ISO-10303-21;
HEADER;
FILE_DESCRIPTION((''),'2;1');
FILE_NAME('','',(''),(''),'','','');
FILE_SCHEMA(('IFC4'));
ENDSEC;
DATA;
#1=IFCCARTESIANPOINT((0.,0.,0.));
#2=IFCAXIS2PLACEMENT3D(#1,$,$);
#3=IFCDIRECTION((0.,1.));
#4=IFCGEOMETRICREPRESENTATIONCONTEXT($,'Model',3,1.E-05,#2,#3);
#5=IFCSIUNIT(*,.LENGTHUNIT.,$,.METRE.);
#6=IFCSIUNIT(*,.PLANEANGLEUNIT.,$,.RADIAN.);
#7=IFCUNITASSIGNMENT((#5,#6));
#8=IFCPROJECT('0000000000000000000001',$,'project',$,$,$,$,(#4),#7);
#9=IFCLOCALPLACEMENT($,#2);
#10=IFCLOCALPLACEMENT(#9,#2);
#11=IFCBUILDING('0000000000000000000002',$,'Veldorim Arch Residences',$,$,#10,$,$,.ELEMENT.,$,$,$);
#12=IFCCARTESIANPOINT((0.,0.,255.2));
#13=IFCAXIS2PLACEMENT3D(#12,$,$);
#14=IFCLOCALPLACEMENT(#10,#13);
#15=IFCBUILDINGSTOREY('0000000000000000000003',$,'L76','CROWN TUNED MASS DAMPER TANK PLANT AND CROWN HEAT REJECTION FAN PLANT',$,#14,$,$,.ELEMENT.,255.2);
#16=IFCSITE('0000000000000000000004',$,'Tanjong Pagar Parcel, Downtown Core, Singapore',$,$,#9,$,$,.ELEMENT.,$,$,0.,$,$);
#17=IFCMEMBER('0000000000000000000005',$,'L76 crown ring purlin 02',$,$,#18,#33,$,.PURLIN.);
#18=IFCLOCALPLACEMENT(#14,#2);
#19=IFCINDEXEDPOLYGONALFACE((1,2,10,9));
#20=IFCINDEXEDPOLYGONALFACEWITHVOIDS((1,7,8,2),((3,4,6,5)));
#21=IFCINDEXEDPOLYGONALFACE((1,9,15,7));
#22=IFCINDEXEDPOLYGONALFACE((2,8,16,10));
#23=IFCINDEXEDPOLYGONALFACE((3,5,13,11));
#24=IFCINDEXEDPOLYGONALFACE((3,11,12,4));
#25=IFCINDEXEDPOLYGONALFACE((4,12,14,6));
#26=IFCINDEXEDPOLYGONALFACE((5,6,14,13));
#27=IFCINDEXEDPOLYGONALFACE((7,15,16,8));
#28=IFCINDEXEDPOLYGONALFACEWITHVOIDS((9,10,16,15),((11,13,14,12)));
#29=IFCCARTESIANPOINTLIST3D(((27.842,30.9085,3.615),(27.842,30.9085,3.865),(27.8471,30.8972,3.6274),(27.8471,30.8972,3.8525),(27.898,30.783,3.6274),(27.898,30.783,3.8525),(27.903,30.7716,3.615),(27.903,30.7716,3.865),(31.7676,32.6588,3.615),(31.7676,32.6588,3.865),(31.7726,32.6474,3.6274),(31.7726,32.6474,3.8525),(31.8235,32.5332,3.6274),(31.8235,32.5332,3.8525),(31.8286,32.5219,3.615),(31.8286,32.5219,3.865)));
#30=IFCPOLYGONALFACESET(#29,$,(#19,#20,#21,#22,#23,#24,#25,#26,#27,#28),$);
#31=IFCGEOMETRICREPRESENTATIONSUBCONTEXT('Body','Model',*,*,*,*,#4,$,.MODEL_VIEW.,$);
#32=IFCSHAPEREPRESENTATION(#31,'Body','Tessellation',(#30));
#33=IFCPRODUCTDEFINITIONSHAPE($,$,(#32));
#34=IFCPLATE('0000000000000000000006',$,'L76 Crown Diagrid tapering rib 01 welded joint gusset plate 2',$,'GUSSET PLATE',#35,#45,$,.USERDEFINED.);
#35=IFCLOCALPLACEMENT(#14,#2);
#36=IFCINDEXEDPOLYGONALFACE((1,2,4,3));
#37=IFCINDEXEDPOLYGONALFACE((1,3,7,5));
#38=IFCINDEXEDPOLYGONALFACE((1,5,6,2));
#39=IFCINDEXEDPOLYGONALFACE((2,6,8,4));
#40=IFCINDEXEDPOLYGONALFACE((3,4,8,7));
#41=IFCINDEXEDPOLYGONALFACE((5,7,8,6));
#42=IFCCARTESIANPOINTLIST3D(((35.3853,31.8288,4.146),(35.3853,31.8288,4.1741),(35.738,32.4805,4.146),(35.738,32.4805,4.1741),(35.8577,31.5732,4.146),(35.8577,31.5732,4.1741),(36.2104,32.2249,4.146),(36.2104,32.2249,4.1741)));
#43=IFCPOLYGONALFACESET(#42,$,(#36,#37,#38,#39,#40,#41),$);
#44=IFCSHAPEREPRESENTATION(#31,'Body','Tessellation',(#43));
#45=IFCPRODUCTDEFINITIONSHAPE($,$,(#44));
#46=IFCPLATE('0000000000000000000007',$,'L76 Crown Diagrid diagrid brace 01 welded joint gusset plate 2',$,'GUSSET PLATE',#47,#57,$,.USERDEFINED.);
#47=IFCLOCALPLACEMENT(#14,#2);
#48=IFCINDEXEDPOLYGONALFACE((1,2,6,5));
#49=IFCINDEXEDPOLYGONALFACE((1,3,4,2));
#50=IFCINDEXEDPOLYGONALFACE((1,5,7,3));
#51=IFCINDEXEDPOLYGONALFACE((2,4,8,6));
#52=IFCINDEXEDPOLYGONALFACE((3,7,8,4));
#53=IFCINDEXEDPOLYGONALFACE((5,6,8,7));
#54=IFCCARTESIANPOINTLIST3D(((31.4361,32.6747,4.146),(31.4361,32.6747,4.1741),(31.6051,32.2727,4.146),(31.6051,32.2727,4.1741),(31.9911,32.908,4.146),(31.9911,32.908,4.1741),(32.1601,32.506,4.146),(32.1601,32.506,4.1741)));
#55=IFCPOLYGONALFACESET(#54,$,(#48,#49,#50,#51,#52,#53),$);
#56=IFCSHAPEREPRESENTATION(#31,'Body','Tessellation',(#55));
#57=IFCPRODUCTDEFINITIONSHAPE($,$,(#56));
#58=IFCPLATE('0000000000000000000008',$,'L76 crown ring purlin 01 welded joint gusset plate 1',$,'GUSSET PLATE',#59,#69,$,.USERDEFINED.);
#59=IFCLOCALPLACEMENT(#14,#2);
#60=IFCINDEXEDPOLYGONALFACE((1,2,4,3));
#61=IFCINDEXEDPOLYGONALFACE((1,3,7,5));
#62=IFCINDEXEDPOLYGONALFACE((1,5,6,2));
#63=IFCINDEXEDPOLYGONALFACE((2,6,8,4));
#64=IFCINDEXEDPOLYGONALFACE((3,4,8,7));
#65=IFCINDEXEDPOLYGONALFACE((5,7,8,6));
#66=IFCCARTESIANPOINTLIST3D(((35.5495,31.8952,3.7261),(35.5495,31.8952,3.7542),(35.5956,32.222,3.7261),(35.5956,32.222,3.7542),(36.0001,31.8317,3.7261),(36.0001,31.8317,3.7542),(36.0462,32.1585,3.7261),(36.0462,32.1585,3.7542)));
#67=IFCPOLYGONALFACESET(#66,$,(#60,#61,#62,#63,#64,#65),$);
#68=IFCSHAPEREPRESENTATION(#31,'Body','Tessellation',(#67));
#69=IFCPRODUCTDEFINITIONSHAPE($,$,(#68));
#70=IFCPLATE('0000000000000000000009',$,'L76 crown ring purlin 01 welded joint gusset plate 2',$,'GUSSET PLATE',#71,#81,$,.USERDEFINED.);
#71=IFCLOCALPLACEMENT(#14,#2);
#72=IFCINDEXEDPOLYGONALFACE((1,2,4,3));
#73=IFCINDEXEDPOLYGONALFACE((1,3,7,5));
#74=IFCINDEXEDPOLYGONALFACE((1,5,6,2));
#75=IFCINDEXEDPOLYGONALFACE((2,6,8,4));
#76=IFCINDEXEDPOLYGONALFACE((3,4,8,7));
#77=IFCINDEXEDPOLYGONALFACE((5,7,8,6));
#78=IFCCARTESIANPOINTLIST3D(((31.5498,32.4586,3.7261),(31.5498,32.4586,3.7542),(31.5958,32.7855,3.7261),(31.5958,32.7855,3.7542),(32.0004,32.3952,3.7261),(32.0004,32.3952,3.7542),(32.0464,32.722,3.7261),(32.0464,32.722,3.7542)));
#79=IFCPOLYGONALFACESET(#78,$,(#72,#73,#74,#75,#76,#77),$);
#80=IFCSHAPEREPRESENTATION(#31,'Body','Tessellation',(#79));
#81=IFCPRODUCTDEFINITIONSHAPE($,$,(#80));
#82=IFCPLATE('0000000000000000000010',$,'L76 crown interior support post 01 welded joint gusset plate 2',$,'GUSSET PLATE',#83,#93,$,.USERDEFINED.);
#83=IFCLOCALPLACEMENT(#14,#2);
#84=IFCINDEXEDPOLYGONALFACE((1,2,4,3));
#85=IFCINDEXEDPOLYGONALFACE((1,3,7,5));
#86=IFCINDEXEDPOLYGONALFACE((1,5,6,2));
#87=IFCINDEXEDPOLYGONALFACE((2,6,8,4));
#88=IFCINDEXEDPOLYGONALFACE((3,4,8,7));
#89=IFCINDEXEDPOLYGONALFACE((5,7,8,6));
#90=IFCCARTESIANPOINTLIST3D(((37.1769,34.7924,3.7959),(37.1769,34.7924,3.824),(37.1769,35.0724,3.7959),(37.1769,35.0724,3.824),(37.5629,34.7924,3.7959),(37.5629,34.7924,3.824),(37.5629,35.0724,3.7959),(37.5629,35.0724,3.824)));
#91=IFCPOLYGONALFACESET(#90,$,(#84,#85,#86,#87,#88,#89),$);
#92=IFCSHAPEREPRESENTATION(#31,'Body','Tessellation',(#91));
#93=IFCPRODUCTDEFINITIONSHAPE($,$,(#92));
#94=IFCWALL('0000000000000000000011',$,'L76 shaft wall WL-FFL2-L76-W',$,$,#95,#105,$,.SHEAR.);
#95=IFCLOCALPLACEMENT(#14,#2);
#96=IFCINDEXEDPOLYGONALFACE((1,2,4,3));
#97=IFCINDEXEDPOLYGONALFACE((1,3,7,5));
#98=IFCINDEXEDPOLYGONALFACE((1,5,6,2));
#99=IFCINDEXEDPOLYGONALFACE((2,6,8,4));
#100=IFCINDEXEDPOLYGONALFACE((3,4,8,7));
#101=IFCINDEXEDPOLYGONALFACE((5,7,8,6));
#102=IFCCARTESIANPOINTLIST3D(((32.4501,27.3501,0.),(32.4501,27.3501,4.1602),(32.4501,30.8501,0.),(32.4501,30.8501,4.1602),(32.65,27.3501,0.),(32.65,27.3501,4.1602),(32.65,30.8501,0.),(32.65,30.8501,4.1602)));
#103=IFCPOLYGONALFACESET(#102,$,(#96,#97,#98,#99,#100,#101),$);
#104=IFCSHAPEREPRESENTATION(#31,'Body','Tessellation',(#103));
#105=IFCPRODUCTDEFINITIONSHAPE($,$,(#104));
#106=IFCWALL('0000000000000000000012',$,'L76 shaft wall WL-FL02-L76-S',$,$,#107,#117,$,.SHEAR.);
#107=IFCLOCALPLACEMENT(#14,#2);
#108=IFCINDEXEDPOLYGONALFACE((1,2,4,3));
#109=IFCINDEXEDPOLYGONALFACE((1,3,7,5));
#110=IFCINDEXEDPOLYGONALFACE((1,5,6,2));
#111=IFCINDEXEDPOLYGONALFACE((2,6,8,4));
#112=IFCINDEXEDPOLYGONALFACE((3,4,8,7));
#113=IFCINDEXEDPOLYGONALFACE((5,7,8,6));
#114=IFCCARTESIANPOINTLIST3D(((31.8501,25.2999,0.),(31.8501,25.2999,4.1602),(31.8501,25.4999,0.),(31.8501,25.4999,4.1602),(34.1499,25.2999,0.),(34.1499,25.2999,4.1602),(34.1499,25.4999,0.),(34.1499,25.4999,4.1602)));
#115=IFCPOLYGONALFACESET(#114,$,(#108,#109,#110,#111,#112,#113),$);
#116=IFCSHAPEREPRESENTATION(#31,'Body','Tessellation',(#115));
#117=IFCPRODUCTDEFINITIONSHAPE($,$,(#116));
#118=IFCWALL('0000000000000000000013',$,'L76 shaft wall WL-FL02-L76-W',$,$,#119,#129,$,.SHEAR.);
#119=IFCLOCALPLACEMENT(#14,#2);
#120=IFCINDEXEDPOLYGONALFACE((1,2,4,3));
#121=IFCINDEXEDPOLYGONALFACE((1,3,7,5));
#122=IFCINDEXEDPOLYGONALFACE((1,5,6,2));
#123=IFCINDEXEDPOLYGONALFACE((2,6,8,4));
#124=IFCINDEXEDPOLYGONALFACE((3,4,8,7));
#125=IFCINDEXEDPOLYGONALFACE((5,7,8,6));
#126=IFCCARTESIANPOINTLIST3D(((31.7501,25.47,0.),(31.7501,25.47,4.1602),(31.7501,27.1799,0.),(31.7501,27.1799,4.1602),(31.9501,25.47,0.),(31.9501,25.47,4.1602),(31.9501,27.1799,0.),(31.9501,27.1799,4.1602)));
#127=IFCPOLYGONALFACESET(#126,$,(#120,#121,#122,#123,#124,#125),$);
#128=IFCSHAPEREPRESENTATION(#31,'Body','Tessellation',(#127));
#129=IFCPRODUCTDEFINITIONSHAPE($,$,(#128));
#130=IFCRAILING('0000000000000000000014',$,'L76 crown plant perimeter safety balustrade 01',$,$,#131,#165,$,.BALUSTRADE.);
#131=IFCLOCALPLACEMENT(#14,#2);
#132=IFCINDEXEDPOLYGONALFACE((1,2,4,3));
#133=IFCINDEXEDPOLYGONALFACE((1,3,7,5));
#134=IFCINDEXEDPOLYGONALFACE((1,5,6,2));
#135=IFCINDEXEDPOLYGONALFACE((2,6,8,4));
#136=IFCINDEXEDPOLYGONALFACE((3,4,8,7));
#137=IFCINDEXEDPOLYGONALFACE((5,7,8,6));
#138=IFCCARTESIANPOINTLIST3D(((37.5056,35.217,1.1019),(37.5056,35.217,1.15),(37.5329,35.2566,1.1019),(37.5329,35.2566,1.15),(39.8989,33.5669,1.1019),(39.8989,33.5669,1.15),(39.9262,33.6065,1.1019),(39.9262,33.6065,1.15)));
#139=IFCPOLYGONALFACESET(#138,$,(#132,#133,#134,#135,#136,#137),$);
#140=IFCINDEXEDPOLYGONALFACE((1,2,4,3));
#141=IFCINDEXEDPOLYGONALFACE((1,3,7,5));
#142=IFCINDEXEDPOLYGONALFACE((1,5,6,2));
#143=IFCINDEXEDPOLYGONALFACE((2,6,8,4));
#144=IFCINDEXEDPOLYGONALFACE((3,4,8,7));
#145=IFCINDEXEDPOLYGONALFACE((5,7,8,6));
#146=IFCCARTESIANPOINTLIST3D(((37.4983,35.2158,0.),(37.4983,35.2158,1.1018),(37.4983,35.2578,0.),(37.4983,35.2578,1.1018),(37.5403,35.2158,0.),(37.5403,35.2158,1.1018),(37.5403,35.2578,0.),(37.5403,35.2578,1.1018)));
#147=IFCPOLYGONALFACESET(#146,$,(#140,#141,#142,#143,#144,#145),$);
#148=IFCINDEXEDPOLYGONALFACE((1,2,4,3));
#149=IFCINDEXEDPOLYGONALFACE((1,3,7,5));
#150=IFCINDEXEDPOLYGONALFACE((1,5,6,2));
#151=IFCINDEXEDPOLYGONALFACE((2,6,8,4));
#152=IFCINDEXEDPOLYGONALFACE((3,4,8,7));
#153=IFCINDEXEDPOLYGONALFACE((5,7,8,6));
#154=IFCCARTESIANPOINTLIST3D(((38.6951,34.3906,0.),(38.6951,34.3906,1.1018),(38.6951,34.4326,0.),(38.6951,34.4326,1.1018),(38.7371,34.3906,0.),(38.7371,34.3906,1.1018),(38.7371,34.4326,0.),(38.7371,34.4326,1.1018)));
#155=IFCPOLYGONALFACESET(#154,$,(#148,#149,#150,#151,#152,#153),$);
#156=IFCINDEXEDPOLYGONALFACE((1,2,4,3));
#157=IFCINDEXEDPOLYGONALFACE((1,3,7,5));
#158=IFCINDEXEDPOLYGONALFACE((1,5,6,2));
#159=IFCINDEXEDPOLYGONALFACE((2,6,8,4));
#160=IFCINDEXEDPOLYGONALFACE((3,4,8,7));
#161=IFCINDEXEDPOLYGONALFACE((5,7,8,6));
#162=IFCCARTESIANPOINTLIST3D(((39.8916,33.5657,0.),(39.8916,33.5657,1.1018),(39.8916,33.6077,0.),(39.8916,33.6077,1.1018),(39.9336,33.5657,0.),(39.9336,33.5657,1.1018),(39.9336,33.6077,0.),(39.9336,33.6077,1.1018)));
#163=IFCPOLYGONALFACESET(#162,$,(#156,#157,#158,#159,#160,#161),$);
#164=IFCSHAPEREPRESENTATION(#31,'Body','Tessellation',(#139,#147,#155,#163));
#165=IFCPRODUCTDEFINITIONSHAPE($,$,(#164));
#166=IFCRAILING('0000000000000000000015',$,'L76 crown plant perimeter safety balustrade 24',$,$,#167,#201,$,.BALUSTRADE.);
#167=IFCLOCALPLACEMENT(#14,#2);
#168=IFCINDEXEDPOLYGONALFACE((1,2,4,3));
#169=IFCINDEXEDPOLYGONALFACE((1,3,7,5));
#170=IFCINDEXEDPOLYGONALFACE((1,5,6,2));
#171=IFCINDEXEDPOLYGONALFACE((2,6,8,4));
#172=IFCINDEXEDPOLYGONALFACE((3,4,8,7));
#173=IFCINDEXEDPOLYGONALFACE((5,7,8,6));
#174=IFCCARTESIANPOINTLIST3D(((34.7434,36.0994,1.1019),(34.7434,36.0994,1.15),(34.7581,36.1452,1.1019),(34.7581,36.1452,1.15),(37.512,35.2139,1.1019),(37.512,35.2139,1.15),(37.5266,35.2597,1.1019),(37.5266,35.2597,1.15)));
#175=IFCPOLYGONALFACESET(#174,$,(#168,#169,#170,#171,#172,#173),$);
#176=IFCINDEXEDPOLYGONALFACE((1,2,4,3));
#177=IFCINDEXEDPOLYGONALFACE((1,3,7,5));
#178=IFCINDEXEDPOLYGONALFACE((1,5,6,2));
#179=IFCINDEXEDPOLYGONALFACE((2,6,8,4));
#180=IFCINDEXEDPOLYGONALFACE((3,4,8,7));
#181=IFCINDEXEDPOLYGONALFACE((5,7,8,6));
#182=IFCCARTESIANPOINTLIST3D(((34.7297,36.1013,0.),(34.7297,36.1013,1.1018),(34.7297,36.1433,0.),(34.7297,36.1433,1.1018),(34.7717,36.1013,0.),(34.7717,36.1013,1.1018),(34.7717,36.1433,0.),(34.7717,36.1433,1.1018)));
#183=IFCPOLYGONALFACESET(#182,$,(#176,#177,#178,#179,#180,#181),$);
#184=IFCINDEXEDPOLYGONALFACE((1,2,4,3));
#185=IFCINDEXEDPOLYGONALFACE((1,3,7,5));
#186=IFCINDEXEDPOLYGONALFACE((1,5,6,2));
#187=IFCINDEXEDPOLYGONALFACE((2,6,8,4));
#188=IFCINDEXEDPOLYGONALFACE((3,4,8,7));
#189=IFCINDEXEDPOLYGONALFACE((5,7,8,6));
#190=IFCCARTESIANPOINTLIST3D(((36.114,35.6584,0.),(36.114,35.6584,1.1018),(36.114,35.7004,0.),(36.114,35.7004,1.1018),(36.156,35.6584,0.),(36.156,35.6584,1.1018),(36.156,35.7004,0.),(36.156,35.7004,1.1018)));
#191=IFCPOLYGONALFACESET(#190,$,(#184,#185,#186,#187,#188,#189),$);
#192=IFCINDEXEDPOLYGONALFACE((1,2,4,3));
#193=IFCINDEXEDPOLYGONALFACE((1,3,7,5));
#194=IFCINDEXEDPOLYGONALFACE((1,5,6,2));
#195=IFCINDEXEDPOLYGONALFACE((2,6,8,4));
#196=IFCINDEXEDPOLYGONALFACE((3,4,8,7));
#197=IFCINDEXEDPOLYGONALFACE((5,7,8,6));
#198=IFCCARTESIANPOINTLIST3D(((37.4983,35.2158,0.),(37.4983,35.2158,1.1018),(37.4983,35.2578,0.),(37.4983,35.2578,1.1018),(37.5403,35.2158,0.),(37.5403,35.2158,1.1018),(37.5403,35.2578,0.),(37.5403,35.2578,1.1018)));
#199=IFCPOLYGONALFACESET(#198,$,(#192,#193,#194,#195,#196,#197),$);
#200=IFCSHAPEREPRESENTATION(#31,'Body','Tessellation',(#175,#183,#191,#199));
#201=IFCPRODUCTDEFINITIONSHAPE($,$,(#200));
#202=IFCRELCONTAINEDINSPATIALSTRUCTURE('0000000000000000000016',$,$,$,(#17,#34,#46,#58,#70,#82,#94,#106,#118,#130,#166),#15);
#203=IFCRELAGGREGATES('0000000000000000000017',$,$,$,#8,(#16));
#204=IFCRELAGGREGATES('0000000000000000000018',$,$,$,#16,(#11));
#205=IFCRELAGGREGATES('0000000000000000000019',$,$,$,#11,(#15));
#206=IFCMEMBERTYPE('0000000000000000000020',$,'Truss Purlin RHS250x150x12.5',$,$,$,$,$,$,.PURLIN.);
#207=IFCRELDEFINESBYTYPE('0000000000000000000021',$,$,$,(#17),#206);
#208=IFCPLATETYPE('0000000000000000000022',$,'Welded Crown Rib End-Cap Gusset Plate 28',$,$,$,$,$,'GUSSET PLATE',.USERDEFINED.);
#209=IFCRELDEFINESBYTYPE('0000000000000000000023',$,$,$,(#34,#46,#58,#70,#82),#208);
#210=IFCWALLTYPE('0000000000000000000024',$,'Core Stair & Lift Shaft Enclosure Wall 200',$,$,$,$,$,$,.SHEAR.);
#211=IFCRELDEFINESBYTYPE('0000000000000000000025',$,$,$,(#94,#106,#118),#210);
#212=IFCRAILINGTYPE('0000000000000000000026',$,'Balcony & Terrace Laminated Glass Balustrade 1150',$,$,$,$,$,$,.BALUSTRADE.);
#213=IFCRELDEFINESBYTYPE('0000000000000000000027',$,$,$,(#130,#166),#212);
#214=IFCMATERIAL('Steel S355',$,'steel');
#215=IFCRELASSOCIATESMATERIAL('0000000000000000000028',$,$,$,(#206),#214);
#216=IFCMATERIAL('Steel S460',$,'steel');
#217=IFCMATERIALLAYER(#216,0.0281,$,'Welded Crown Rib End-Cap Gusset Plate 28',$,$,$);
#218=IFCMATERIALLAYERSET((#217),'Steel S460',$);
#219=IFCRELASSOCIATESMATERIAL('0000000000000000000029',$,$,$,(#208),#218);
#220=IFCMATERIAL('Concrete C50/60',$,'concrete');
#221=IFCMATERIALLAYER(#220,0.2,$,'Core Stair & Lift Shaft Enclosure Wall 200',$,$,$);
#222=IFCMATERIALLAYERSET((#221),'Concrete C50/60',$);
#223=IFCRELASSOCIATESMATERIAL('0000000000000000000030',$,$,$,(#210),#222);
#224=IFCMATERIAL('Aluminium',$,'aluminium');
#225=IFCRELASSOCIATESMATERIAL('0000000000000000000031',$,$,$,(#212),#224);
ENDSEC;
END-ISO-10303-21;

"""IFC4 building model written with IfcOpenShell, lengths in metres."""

from ifc_helpers import new_model, si_unit, direction, frame, frame_2d, origin, origin_2d, place, context, subcontext, project, spatial, rectangle, hollow_rectangle, extrude, material, layer, layer_set, material_profile, profile_set, type_object, element, save


model = new_model("IFC4")

# Units and contexts
model_context = context("Model", 3, precision=1e-05, world=origin(), true_north=direction((0.0, 1.0)))
body_context = subcontext(model_context, "Body", "Model", "MODEL_VIEW")
ifc_project = project(units=[si_unit("LENGTHUNIT", "METRE"), si_unit("PLANEANGLEUNIT", "RADIAN")], contexts=[model_context])

# Site, building, storey
site_placement = place(None, origin())
site = spatial("IfcSite", under=ifc_project, at=site_placement, Name="Tanjong Pagar Parcel, Downtown Core, Singapore", CompositionType="ELEMENT", RefElevation=0.0)
building_placement = place(site_placement, origin())
building = spatial("IfcBuilding", under=site, at=building_placement, Name="Veldorim Arch Residences", CompositionType="ELEMENT")
storey_placement = place(building_placement, frame((0.0, 0.0, 255.2)))
storey = spatial("IfcBuildingStorey", under=building, at=storey_placement, Name="L76", Description="CROWN TUNED MASS DAMPER TANK PLANT AND CROWN HEAT REJECTION FAN PLANT", CompositionType="ELEMENT", Elevation=255.2)

# Member
ifc_material_1 = material(Name="Steel S355", Category="steel")
ifc_material_profile_1 = material_profile(ifc_material_1, hollow_rectangle(XDim=0.1499, YDim=0.25, WallThickness=0.0125, at=origin_2d()), Name="RHS250x150x12.5")
ifc_profile_set_1 = profile_set([ifc_material_profile_1], Name="Steel S355")
member_type_1 = type_object("IfcMemberType", Name="Truss Purlin RHS250x150x12.5", PredefinedType="PURLIN", material=ifc_profile_set_1)
member_1_placement = place(storey_placement, frame((31.7981, 32.5903, 3.74), z_axis=(-0.913331, -0.407219, 0.0), x_axis=(0.407219, -0.913331, 0.0)))
element("IfcMember", 1, at=member_1_placement, inside=storey, type_object=member_type_1, Name="L76 crown ring purlin 02", PredefinedType="PURLIN", context=body_context, shape_type="SweptSolid", body=[
    extrude(hollow_rectangle(XDim=0.1499, YDim=0.25, WallThickness=0.0125, at=origin_2d()), origin(), (0.0, 0.0, 1.0), 4.2981),
])

# Plates
ifc_material_2 = material(Name="Steel S460", Category="steel")
ifc_layer_1 = layer(ifc_material_2, 0.0281, Name="Welded Crown Rib End-Cap Gusset Plate 28")
ifc_layer_set_1 = layer_set([ifc_layer_1], Name="Steel S460")
plate_type = type_object("IfcPlateType", Name="Welded Crown Rib End-Cap Gusset Plate 28", ElementType="GUSSET PLATE", PredefinedType="USERDEFINED", material=ifc_layer_set_1)
plate_1_placement = place(storey_placement, frame((35.7979, 32.0269, 4.146), z_axis=(0.0, 0.0, 1.0), x_axis=(-0.475901, -0.879499, 0.0)))
element("IfcPlate", 2, at=plate_1_placement, inside=storey, type_object=plate_type, Name="L76 Crown Diagrid tapering rib 01 welded joint gusset plate 2", ObjectType="GUSSET PLATE", PredefinedType="USERDEFINED", context=body_context, shape_type="SweptSolid", body=[
    extrude(rectangle(XDim=0.741, YDim=0.5371, at=origin_2d()), origin(), (0.0, 0.0, 1.0), 0.0281),
])
plate_2_placement = place(storey_placement, frame((31.7981, 32.5903, 4.146), z_axis=(0.0, 0.0, 1.0), x_axis=(-0.921883, -0.387467, 0.0)))
element("IfcPlate", 3, at=plate_2_placement, inside=storey, type_object=plate_type, Name="L76 Crown Diagrid diagrid brace 01 welded joint gusset plate 2", ObjectType="GUSSET PLATE", PredefinedType="USERDEFINED", context=body_context, shape_type="SweptSolid", body=[
    extrude(rectangle(XDim=0.6021, YDim=0.436, at=origin_2d()), origin(), (0.0, 0.0, 1.0), 0.0281),
])
for number, where, z_axis, x_axis, name in (
    (4, (35.7979, 32.0269, 3.7261), (0.0, 0.0, 1.0), (-0.990222, 0.139501, 0.0), "L76 crown ring purlin 01 welded joint gusset plate 1"),
    (5, (31.7981, 32.5903, 3.7261), (0.0, 0.0, 1.0), (-0.990222, 0.139501, 0.0), "L76 crown ring purlin 01 welded joint gusset plate 2"),
):
    element("IfcPlate", number, at=place(storey_placement, frame(where, z_axis=z_axis, x_axis=x_axis)), inside=storey, type_object=plate_type, Name=name, ObjectType="GUSSET PLATE", PredefinedType="USERDEFINED", context=body_context, shape_type="SweptSolid", body=[
        extrude(rectangle(XDim=0.4551, YDim=0.3301, at=origin_2d()), origin(), (0.0, 0.0, 1.0), 0.0281),
    ])
plate_3_placement = place(storey_placement, frame((37.3699, 34.9324, 3.7959), z_axis=(0.0, 0.0, 1.0), x_axis=(1.0, 0.0, 0.0)))
element("IfcPlate", 6, at=plate_3_placement, inside=storey, type_object=plate_type, Name="L76 crown interior support post 01 welded joint gusset plate 2", ObjectType="GUSSET PLATE", PredefinedType="USERDEFINED", context=body_context, shape_type="SweptSolid", body=[
    extrude(rectangle(XDim=0.386, YDim=0.28, at=origin_2d()), origin(), (0.0, 0.0, 1.0), 0.0281),
])

# Shared definitions
ifc_material_3 = material(Name="Concrete C50/60", Category="concrete")
ifc_layer_2 = layer(ifc_material_3, 0.2, Name="Core Stair & Lift Shaft Enclosure Wall 200")
ifc_layer_set_2 = layer_set([ifc_layer_2], Name="Concrete C50/60")
wall_type = type_object("IfcWallType", Name="Core Stair & Lift Shaft Enclosure Wall 200", PredefinedType="SHEAR", material=ifc_layer_set_2)

# Wall
wall_1_placement = place(storey_placement, frame((32.55, 27.3501, 0.0), z_axis=(0.0, 0.0, 1.0), x_axis=(0.0, 1.0, 0.0)))
element("IfcWall", 7, at=wall_1_placement, inside=storey, type_object=wall_type, Name="L76 shaft wall WL-FFL2-L76-W", PredefinedType="SHEAR", context=body_context, shape_type="SweptSolid", body=[
    extrude(rectangle(XDim=3.5, YDim=0.2, at=frame_2d((1.75, 0.0))), origin(), (0.0, 0.0, 1.0), 4.1602),
])

# Walls
wall_2_placement = place(storey_placement, frame((31.8501, 25.3999, 0.0), z_axis=(0.0, 0.0, 1.0), x_axis=(1.0, 0.0, 0.0)))
element("IfcWall", 8, at=wall_2_placement, inside=storey, type_object=wall_type, Name="L76 shaft wall WL-FL02-L76-S", PredefinedType="SHEAR", context=body_context, shape_type="SweptSolid", body=[
    extrude(rectangle(XDim=2.2998, YDim=0.2, at=frame_2d((1.1499, 0.0))), origin(), (0.0, 0.0, 1.0), 4.1602),
])
wall_3_placement = place(storey_placement, frame((31.8501, 25.47, 0.0), z_axis=(0.0, 0.0, 1.0), x_axis=(0.0, 1.0, 0.0)))
element("IfcWall", 9, at=wall_3_placement, inside=storey, type_object=wall_type, Name="L76 shaft wall WL-FL02-L76-W", PredefinedType="SHEAR", context=body_context, shape_type="SweptSolid", body=[
    extrude(rectangle(XDim=1.71, YDim=0.2, at=frame_2d((0.855, 0.0))), origin(), (0.0, 0.0, 1.0), 4.1602),
])

# Railings
ifc_material_4 = material(Name="Aluminium", Category="aluminium")
railing_type_1 = type_object("IfcRailingType", Name="Balcony & Terrace Laminated Glass Balustrade 1150", PredefinedType="BALUSTRADE", material=ifc_material_4)
railing_1_placement = place(storey_placement, frame((37.5193, 35.2368, 0.0)))
element("IfcRailing", 10, at=railing_1_placement, inside=storey, type_object=railing_type_1, Name="L76 crown plant perimeter safety balustrade 01", PredefinedType="BALUSTRADE", context=body_context, shape_type="SweptSolid", body=[
    extrude(rectangle(XDim=0.0481, YDim=0.0481, at=origin_2d()), frame((0.0, 0.0, 1.126), z_axis=(0.823279, -0.567637, 0.0), x_axis=(0.567637, 0.823279, 0.0)), (0.0, 0.0, 1.0), 2.907),
    extrude(rectangle(XDim=0.042, YDim=0.042, at=origin_2d()), origin(), (0.0, 0.0, 1.0), 1.1018),
    extrude(rectangle(XDim=0.042, YDim=0.042, at=origin_2d()), frame((1.1968, -0.8252, 0.0)), (0.0, 0.0, 1.0), 1.1018),
    extrude(rectangle(XDim=0.042, YDim=0.042, at=origin_2d()), frame((2.3933, -1.6501, 0.0)), (0.0, 0.0, 1.0), 1.1018),
])
railing_2_placement = place(storey_placement, frame((34.7507, 36.1223, 0.0)))
element("IfcRailing", 11, at=railing_2_placement, inside=storey, type_object=railing_type_1, Name="L76 crown plant perimeter safety balustrade 24", PredefinedType="BALUSTRADE", context=body_context, shape_type="SweptSolid", body=[
    extrude(rectangle(XDim=0.0481, YDim=0.0481, at=origin_2d()), frame((0.0, 0.0, 1.126), z_axis=(0.952468, -0.304639, 0.0), x_axis=(0.304639, 0.952468, 0.0)), (0.0, 0.0, 1.0), 2.9067),
    extrude(rectangle(XDim=0.042, YDim=0.042, at=origin_2d()), origin(), (0.0, 0.0, 1.0), 1.1018),
    extrude(rectangle(XDim=0.042, YDim=0.042, at=origin_2d()), frame((1.3843, -0.4429, 0.0)), (0.0, 0.0, 1.0), 1.1018),
    extrude(rectangle(XDim=0.042, YDim=0.042, at=origin_2d()), frame((2.7686, -0.8855, 0.0)), (0.0, 0.0, 1.0), 1.1018),
])

save(model, "model.ifc")
